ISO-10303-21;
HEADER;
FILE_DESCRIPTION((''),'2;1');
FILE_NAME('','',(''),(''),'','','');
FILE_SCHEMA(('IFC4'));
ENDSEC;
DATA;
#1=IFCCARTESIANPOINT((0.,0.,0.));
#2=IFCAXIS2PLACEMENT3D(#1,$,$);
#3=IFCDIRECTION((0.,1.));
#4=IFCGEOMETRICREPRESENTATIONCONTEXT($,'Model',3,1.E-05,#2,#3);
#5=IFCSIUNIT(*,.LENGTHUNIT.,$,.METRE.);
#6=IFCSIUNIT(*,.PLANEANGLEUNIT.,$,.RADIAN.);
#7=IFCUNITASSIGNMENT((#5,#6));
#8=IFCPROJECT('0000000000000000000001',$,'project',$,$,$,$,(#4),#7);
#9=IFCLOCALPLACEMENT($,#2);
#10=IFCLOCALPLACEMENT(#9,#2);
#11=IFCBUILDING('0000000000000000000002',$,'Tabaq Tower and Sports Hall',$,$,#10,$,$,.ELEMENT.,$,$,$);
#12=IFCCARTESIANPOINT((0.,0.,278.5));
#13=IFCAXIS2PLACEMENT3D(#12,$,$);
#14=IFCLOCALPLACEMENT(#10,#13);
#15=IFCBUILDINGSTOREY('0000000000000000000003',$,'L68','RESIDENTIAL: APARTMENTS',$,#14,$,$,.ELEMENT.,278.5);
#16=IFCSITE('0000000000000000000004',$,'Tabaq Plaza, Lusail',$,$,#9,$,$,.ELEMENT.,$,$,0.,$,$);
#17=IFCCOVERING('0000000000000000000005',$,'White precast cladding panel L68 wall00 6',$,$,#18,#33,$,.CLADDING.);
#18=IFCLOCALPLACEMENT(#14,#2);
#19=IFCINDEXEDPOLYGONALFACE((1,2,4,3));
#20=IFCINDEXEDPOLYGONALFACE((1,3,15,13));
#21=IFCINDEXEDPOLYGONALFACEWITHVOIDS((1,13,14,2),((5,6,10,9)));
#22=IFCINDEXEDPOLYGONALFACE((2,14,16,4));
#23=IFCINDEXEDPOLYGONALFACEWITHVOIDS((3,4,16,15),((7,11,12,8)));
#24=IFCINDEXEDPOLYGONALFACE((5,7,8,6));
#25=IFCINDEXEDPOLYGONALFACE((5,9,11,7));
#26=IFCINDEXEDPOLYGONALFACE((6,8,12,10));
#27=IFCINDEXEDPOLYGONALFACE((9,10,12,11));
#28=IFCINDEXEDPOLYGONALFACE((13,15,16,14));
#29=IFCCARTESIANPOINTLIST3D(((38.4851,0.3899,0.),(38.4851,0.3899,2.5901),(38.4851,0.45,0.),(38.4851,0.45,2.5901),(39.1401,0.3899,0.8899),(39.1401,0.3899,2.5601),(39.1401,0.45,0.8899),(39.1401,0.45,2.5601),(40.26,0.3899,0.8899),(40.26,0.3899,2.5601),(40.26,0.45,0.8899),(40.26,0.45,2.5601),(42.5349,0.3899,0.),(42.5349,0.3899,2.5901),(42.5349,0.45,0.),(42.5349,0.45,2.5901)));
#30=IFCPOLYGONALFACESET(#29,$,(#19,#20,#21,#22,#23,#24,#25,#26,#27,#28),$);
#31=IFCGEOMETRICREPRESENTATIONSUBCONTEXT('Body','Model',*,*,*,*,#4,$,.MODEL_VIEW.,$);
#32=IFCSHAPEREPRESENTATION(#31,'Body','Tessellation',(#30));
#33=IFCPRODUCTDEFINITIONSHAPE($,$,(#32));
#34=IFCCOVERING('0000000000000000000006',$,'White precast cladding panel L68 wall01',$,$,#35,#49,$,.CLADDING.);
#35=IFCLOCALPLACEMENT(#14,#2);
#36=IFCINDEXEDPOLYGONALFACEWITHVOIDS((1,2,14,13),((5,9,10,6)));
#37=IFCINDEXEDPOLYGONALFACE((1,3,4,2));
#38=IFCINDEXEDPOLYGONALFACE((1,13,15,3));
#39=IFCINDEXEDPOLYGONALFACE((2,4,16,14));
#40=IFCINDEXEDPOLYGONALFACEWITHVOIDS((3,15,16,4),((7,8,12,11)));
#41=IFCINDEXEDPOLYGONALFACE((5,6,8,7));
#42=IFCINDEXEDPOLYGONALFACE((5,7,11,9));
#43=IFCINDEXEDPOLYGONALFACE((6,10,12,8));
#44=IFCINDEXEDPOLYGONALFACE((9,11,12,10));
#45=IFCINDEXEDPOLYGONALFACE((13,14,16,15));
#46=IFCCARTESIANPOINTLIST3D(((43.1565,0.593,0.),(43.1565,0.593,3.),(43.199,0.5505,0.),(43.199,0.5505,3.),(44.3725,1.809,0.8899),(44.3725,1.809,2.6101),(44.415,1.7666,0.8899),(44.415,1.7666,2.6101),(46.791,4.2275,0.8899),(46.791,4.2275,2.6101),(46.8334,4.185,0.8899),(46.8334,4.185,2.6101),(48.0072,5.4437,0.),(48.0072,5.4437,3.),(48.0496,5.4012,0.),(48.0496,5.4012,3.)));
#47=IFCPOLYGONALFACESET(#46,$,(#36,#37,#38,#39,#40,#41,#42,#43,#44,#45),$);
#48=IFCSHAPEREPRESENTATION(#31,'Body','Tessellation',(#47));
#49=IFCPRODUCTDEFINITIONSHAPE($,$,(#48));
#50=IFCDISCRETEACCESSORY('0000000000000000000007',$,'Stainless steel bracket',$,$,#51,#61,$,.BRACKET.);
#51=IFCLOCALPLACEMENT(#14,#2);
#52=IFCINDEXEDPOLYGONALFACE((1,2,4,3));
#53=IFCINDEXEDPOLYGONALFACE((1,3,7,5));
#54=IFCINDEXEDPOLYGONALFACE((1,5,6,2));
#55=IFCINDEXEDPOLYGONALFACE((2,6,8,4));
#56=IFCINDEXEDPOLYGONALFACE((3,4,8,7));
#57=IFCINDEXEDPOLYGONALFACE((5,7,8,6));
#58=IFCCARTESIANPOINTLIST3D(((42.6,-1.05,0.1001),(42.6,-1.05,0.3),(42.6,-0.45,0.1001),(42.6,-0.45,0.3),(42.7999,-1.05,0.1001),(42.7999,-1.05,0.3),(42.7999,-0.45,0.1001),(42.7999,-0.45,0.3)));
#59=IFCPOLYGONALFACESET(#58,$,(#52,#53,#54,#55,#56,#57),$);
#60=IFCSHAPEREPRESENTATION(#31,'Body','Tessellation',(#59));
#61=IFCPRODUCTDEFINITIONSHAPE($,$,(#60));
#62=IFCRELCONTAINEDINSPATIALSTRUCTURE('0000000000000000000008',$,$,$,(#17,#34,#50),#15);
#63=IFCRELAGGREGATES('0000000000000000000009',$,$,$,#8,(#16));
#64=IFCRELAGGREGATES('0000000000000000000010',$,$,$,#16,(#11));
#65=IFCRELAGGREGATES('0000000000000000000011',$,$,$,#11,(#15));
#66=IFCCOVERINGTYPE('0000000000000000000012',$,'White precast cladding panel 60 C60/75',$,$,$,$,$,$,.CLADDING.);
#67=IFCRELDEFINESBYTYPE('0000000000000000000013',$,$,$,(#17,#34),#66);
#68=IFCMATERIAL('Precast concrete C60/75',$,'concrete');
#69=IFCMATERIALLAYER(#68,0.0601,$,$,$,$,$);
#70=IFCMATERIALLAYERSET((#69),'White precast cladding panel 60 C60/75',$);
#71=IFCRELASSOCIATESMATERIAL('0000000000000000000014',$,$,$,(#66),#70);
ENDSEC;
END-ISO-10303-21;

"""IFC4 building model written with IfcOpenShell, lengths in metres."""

from ifc_helpers import new_model, si_unit, direction, frame, origin, origin_2d, place, context, subcontext, project, spatial, polyline, rectangle, outline, extrude, material, layer, layer_set, type_object, element, save


model = new_model("IFC4")

# Units and contexts
model_context = context("Model", 3, precision=1e-05, world=origin(), true_north=direction((0.0, 1.0)))
body_context = subcontext(model_context, "Body", "Model", "MODEL_VIEW")
ifc_project = project(units=[si_unit("LENGTHUNIT", "METRE"), si_unit("PLANEANGLEUNIT", "RADIAN")], contexts=[model_context])

# Site, building, storey
site_placement = place(None, origin())
site = spatial("IfcSite", under=ifc_project, at=site_placement, Name="Tabaq Plaza, Lusail", CompositionType="ELEMENT", RefElevation=0.0)
building_placement = place(site_placement, origin())
building = spatial("IfcBuilding", under=site, at=building_placement, Name="Tabaq Tower and Sports Hall", CompositionType="ELEMENT")
storey_placement = place(building_placement, frame((0.0, 0.0, 278.5)))
storey = spatial("IfcBuildingStorey", under=building, at=storey_placement, Name="L68", Description="RESIDENTIAL: APARTMENTS", CompositionType="ELEMENT", Elevation=278.5)

# Coverings
ifc_material_1 = material(Name="Precast concrete C60/75", Category="concrete")
ifc_layer_1 = layer(ifc_material_1, 0.0601)
ifc_layer_set_1 = layer_set([ifc_layer_1], Name="White precast cladding panel 60 C60/75")
covering_type_1 = type_object("IfcCoveringType", Name="White precast cladding panel 60 C60/75", PredefinedType="CLADDING", material=ifc_layer_set_1)
covering_1_placement = place(storey_placement, frame((38.4851, 0.4199, 0.0), z_axis=(0.0, 0.0, 1.0), x_axis=(1.0, 0.0, 0.0)))
element("IfcCovering", 1, at=covering_1_placement, inside=storey, type_object=covering_type_1, Name="White precast cladding panel L68 wall00 6", PredefinedType="CLADDING", context=body_context, shape_type="SweptSolid", body=[
    extrude(outline(polyline([(0.0, 0.0), (4.0498, 0.0), (4.0498, 2.5901), (0.0, 2.5901), (0.0, 0.0)]), holes=[polyline([(1.7749, 0.8899), (0.655, 0.8899), (0.655, 2.5601), (1.7749, 2.5601), (1.7749, 0.8899)])]), frame((0.0, 0.03, 0.0), z_axis=(0.0, -1.0, 0.0), x_axis=(1.0, 0.0, 0.0)), (0.0, 0.0, 1.0), 0.0601),
])
covering_2_placement = place(storey_placement, frame((43.1777, 0.5718, 0.0), z_axis=(0.0, 0.0, 1.0), x_axis=(0.707107, 0.707107, 0.0)))
element("IfcCovering", 2, at=covering_2_placement, inside=storey, type_object=covering_type_1, Name="White precast cladding panel L68 wall01", PredefinedType="CLADDING", context=body_context, shape_type="SweptSolid", body=[
    extrude(outline(polyline([(0.0, 0.0), (6.8599, 0.0), (6.8599, 3.0), (0.0, 3.0), (0.0, 0.0)]), holes=[polyline([(1.7197, 0.8899), (1.7197, 2.6101), (5.1399, 2.6101), (5.1399, 0.8899), (1.7197, 0.8899)])]), frame((0.0, 0.03, 0.0), z_axis=(0.0, -1.0, 0.0), x_axis=(1.0, 0.0, 0.0)), (0.0, 0.0, 1.0), 0.0601),
])

# Discrete accessory
discrete_accessory_placement = place(storey_placement, frame((42.7, -0.75, 0.1001), z_axis=(0.0, 0.0, 1.0), x_axis=(0.0, -1.0, 0.0)))
element("IfcDiscreteAccessory", 3, at=discrete_accessory_placement, inside=storey, Name="Stainless steel bracket", PredefinedType="BRACKET", context=body_context, shape_type="SweptSolid", body=[
    extrude(rectangle(XDim=0.6001, YDim=0.2, at=origin_2d()), origin(), (0.0, 0.0, 1.0), 0.2),
])

save(model, "model.ifc")
